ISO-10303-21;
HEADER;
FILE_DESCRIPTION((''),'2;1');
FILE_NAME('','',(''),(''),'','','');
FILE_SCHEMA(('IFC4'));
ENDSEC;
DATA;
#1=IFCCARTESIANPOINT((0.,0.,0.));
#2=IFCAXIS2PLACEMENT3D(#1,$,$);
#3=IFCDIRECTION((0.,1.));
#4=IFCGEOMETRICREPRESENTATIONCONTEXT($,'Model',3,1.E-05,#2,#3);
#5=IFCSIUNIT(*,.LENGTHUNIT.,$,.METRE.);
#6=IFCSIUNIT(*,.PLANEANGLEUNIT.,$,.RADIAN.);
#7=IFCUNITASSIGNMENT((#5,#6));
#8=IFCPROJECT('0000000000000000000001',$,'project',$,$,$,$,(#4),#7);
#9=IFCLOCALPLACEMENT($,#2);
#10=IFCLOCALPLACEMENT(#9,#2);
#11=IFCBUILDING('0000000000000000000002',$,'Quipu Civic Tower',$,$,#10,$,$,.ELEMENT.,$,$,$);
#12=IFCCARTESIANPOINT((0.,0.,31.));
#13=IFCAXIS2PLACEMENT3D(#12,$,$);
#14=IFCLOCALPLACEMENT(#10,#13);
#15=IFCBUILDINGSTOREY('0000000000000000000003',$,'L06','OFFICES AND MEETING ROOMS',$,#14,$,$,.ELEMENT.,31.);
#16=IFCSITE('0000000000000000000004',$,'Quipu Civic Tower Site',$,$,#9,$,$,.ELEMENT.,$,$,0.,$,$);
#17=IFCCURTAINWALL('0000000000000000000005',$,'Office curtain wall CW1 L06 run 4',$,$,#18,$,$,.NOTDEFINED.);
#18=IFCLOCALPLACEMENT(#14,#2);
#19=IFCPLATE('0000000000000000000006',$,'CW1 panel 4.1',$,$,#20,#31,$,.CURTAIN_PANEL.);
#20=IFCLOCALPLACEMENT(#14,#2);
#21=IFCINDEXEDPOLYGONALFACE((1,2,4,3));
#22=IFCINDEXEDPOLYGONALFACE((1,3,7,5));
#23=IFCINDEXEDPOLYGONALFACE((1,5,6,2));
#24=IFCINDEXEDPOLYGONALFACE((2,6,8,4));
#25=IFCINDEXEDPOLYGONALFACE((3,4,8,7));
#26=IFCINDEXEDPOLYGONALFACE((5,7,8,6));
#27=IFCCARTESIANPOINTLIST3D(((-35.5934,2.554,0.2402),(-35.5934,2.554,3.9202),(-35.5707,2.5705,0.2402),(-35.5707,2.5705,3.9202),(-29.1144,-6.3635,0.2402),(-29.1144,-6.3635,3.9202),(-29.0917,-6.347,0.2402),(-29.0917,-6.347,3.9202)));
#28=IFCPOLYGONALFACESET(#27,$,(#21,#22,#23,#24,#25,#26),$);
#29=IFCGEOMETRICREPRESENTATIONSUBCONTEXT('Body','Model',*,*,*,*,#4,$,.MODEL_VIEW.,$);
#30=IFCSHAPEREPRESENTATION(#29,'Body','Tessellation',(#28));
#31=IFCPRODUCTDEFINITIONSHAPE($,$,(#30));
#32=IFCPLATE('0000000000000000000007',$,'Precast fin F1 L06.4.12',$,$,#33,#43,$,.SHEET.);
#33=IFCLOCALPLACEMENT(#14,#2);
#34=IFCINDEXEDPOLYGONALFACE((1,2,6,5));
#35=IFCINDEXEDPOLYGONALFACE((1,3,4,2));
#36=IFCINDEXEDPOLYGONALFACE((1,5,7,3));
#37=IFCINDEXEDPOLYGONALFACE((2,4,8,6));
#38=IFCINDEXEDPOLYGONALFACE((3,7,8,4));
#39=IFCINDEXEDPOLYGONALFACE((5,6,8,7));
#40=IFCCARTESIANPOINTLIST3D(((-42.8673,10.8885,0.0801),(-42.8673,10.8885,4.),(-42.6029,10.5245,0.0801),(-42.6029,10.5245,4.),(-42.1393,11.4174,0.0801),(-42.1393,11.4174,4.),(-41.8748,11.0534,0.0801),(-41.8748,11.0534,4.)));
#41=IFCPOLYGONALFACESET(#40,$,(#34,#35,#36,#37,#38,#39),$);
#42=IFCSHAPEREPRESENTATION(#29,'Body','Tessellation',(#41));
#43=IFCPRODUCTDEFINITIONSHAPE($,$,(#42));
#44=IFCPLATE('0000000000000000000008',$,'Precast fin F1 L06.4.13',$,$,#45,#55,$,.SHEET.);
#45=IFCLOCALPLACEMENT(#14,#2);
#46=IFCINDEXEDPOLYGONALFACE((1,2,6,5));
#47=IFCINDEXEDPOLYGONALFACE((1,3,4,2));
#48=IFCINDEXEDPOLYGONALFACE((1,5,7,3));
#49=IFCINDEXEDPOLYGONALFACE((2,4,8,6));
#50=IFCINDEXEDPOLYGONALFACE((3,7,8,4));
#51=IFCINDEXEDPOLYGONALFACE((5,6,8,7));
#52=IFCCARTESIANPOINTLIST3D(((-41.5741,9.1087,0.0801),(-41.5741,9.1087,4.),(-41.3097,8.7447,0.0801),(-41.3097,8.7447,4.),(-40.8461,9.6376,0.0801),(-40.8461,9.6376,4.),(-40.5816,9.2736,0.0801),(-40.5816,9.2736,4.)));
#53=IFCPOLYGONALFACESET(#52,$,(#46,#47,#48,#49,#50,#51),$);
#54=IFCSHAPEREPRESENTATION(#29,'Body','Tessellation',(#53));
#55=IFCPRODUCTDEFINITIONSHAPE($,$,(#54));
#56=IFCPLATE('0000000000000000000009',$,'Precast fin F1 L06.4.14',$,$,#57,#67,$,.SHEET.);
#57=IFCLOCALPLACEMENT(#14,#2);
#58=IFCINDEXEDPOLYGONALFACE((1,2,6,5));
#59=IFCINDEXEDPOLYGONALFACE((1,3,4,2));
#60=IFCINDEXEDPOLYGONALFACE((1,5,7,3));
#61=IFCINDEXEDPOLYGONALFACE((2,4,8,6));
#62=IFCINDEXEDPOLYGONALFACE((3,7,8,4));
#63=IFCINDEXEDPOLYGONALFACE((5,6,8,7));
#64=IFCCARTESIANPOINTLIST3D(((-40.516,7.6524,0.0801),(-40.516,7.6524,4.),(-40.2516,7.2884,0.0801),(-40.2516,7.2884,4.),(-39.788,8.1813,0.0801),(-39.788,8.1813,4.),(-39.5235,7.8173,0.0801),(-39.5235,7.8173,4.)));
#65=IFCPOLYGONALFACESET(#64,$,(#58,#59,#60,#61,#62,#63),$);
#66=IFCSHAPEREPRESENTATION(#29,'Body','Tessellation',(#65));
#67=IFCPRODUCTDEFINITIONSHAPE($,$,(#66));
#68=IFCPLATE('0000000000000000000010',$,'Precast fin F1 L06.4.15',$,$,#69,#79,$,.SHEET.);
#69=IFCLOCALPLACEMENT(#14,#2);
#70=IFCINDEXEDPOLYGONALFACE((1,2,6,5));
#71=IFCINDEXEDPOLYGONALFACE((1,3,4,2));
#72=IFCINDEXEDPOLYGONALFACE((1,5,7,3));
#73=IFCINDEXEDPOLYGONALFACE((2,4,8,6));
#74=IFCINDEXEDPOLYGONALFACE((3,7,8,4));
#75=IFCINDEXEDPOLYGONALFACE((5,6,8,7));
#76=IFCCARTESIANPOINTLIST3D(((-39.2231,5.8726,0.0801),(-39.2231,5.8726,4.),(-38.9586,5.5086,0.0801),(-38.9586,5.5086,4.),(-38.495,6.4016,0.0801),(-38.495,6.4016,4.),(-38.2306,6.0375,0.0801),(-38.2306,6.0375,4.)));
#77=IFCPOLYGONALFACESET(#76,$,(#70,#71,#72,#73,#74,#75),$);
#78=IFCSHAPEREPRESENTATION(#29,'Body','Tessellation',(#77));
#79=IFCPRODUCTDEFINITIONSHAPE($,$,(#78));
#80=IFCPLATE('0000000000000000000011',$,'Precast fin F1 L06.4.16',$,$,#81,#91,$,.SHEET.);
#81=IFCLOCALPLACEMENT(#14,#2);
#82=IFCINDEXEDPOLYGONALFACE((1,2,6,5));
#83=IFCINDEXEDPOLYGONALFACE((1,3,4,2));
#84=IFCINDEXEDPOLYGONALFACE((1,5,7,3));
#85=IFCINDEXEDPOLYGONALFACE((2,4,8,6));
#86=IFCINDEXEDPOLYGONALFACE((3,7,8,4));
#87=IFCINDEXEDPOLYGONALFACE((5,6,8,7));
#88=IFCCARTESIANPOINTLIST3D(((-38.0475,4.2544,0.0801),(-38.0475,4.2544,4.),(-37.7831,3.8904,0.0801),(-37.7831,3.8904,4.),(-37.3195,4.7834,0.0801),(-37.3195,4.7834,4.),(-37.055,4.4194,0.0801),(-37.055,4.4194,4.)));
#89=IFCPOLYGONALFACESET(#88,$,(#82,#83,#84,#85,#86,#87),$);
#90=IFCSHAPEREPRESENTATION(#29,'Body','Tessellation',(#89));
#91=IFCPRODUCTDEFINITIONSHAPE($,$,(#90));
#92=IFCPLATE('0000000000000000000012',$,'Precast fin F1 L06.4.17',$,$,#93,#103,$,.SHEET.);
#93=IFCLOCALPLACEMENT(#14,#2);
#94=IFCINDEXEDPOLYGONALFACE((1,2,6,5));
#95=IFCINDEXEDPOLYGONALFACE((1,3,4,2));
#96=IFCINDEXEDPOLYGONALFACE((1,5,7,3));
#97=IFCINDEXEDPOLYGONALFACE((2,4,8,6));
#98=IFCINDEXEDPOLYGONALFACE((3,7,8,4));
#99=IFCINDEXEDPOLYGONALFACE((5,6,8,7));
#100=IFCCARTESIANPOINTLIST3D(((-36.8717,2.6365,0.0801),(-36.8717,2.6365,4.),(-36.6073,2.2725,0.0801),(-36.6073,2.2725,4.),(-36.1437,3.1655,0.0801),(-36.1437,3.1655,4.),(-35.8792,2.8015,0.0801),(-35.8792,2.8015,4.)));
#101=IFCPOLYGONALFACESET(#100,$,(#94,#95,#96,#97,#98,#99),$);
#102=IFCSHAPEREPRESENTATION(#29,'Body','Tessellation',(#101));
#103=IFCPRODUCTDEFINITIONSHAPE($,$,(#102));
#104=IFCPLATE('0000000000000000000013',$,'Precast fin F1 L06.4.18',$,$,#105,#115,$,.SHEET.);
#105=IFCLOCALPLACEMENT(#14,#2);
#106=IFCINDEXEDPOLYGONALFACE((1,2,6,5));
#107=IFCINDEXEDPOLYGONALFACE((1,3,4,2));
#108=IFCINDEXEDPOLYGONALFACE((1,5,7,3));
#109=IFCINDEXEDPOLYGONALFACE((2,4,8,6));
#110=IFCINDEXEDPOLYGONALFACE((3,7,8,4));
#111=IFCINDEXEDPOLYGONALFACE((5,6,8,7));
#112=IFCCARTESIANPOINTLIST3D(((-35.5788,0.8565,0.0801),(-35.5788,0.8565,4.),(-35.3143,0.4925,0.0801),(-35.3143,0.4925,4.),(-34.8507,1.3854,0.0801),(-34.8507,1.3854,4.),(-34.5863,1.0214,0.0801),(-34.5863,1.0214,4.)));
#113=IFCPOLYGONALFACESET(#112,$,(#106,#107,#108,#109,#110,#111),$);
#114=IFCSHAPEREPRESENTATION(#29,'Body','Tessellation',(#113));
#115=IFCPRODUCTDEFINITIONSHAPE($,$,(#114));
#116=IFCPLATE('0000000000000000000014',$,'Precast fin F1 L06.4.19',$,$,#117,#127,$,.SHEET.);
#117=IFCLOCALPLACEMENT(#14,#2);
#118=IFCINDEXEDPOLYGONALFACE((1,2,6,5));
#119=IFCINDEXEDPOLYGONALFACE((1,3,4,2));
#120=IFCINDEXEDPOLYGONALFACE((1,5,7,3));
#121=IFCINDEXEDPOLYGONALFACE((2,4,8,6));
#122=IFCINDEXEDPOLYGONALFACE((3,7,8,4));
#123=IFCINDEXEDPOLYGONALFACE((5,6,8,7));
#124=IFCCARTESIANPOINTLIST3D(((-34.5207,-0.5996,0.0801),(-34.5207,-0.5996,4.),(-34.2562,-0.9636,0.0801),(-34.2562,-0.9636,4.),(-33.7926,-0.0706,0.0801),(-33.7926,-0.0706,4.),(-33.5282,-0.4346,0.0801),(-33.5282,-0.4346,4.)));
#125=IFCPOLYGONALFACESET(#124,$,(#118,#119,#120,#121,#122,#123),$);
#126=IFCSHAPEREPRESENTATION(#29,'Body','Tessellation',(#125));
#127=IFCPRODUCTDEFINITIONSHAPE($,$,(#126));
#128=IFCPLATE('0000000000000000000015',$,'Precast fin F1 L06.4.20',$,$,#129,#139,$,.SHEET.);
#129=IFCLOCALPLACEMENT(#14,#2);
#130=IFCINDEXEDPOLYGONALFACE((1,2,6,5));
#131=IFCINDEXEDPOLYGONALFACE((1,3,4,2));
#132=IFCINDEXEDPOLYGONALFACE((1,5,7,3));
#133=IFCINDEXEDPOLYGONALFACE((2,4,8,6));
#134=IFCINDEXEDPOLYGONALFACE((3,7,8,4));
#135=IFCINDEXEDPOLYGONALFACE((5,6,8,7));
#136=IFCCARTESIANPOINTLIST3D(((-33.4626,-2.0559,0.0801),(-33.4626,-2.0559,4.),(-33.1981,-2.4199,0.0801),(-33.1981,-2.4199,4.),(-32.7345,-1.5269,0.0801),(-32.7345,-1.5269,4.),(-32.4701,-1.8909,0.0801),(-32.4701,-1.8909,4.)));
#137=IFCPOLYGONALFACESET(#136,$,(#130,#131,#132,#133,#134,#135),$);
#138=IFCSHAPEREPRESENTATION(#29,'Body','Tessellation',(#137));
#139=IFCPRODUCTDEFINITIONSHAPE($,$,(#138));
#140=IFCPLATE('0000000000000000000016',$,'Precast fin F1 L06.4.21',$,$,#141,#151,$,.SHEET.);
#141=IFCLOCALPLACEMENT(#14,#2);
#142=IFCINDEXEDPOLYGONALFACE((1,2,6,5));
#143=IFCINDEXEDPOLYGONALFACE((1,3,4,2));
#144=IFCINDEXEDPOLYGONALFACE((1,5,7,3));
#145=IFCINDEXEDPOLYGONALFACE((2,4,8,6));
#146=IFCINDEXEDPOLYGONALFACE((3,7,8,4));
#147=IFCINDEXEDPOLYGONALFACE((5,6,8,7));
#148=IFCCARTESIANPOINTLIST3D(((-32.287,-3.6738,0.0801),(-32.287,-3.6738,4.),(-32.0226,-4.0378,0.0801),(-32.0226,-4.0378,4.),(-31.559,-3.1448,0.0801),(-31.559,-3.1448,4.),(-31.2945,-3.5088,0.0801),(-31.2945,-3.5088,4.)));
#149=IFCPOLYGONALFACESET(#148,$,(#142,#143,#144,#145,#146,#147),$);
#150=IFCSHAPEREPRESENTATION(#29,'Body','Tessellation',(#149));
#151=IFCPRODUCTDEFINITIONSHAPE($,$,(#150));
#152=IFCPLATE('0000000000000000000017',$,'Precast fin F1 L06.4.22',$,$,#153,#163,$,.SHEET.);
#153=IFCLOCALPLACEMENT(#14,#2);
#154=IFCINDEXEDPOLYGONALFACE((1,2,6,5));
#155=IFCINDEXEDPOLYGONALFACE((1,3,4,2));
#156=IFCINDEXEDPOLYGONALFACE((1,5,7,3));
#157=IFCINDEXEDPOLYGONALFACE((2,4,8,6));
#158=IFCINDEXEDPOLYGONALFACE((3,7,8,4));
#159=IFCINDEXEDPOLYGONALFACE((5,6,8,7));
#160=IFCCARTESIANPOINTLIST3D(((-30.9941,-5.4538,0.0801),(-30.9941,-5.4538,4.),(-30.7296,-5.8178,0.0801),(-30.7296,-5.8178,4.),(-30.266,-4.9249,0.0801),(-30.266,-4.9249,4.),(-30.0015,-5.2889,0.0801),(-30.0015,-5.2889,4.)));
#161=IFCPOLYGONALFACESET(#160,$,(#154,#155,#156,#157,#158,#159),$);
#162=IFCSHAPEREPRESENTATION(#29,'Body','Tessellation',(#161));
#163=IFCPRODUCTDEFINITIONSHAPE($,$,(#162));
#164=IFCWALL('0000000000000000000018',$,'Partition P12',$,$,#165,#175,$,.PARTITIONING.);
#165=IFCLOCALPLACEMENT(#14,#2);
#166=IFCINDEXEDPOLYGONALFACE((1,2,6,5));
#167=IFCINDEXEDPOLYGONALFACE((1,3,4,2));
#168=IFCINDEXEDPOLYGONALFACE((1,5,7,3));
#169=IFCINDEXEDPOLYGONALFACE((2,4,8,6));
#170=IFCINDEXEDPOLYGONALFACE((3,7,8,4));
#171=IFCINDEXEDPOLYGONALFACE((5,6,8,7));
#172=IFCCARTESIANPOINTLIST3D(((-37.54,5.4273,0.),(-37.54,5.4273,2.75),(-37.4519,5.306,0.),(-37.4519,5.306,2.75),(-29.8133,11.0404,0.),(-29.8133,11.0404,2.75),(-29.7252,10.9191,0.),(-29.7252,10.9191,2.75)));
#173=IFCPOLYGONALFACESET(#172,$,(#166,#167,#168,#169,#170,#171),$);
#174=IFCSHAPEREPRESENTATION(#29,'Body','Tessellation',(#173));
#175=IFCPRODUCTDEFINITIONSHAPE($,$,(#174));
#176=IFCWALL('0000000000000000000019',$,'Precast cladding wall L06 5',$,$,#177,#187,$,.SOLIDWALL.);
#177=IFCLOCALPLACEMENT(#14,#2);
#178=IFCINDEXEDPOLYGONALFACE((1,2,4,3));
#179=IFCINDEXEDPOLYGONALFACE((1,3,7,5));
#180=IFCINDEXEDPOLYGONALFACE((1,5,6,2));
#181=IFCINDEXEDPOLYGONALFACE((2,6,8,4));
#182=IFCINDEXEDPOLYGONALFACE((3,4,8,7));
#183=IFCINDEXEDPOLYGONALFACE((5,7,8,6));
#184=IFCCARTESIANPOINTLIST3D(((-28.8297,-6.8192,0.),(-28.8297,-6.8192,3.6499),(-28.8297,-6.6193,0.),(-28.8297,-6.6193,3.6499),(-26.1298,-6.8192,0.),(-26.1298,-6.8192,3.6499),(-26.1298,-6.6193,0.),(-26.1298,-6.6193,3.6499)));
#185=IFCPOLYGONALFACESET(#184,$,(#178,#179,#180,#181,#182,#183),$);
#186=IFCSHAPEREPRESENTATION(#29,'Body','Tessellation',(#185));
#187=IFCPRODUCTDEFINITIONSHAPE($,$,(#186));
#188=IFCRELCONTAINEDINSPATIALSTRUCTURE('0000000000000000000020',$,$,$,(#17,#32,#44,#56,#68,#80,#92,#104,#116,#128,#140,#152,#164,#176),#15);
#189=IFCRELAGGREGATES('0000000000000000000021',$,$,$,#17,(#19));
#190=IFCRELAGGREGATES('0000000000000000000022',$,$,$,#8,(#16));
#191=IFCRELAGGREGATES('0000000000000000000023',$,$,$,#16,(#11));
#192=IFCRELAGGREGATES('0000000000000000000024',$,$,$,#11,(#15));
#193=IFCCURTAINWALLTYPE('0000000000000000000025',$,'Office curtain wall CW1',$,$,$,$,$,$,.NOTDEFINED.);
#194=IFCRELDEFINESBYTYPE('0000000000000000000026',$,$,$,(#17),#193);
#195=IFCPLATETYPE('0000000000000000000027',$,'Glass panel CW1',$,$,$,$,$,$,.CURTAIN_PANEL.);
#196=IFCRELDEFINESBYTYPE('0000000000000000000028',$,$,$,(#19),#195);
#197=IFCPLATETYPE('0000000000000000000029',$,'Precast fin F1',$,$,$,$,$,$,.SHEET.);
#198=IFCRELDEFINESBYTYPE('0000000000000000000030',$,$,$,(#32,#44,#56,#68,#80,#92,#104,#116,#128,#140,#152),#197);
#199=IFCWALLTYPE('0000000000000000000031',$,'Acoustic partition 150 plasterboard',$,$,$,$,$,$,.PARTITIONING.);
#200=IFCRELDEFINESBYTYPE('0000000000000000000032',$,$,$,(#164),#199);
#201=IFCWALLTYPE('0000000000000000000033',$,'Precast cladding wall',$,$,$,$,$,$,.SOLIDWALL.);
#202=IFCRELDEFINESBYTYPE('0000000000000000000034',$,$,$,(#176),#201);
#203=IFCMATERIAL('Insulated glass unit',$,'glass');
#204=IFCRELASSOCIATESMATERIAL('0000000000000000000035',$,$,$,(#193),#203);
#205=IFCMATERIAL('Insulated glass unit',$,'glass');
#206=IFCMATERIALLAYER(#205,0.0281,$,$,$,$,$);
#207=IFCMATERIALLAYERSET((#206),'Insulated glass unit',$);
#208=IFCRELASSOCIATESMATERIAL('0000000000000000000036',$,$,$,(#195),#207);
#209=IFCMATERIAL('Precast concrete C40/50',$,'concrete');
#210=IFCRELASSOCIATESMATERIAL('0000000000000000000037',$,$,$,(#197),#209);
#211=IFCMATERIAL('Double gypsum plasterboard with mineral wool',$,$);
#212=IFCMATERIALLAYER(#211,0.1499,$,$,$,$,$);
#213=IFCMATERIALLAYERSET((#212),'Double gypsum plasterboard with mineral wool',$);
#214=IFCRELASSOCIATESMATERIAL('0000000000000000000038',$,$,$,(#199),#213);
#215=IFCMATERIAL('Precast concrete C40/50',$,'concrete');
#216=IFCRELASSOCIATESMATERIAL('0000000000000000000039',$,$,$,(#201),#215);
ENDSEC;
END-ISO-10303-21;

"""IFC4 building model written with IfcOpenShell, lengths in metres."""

from ifc_helpers import new_model, si_unit, direction, frame, frame_2d, origin, origin_2d, place, context, subcontext, project, spatial, rectangle, extrude, material, layer, layer_set, type_object, element, aggregate, save


model = new_model("IFC4")

# Units and contexts
model_context = context("Model", 3, precision=1e-05, world=origin(), true_north=direction((0.0, 1.0)))
body_context = subcontext(model_context, "Body", "Model", "MODEL_VIEW")
ifc_project = project(units=[si_unit("LENGTHUNIT", "METRE"), si_unit("PLANEANGLEUNIT", "RADIAN")], contexts=[model_context])

# Site, building, storey
site_placement = place(None, origin())
site = spatial("IfcSite", under=ifc_project, at=site_placement, Name="Quipu Civic Tower Site", CompositionType="ELEMENT", RefElevation=0.0)
building_placement = place(site_placement, origin())
building = spatial("IfcBuilding", under=site, at=building_placement, Name="Quipu Civic Tower", CompositionType="ELEMENT")
storey_placement = place(building_placement, frame((0.0, 0.0, 31.0)))
storey = spatial("IfcBuildingStorey", under=building, at=storey_placement, Name="L06", Description="OFFICES AND MEETING ROOMS", CompositionType="ELEMENT", Elevation=31.0)

# Curtain wall
ifc_material_1 = material(Name="Insulated glass unit", Category="glass")
curtain_wall_type = type_object("IfcCurtainWallType", Name="Office curtain wall CW1", PredefinedType="NOTDEFINED", material=ifc_material_1)
curtain_wall_placement = place(storey_placement, origin())
curtain_wall = element("IfcCurtainWall", 1, at=curtain_wall_placement, inside=storey, type_object=curtain_wall_type, Name="Office curtain wall CW1 L06 run 4", PredefinedType="NOTDEFINED")

# Plate
ifc_material_2 = material(Name="Insulated glass unit", Category="glass")
ifc_layer_1 = layer(ifc_material_2, 0.0281)
ifc_layer_set_1 = layer_set([ifc_layer_1], Name="Insulated glass unit")
plate_type_1 = type_object("IfcPlateType", Name="Glass panel CW1", PredefinedType="CURTAIN_PANEL", material=ifc_layer_set_1)
plate_1_placement = place(storey_placement, frame((-32.3425, -1.8965, 0.2402), z_axis=(0.0, 0.0, 1.0), x_axis=(0.587786, -0.809017, 0.0)))
plate_1 = element("IfcPlate", 2, at=plate_1_placement, type_object=plate_type_1, Name="CW1 panel 4.1", PredefinedType="CURTAIN_PANEL", context=body_context, shape_type="SweptSolid", body=[
    extrude(rectangle(XDim=11.0227, YDim=0.0281, at=origin_2d()), origin(), (0.0, 0.0, 1.0), 3.6799),
])
aggregate(curtain_wall, [plate_1])

# Plates
ifc_material_3 = material(Name="Precast concrete C40/50", Category="concrete")
plate_type_2 = type_object("IfcPlateType", Name="Precast fin F1", PredefinedType="SHEET", material=ifc_material_3)
for number, where, z_axis, x_axis, name in (
    (3, (-42.3711, 10.9709, 0.0801), (0.0, 0.0, 1.0), (0.587786, -0.809017, 0.0), "Precast fin F1 L06.4.12"),
    (4, (-41.0779, 9.1912, 0.0801), (0.0, 0.0, 1.0), (0.587786, -0.809017, 0.0), "Precast fin F1 L06.4.13"),
    (5, (-40.0198, 7.7349, 0.0801), (0.0, 0.0, 1.0), (0.587786, -0.809017, 0.0), "Precast fin F1 L06.4.14"),
    (6, (-38.7268, 5.9551, 0.0801), (0.0, 0.0, 1.0), (0.587786, -0.809017, 0.0), "Precast fin F1 L06.4.15"),
    (7, (-37.5513, 4.3369, 0.0801), (0.0, 0.0, 1.0), (0.587786, -0.809017, 0.0), "Precast fin F1 L06.4.16"),
    (8, (-36.3755, 2.719, 0.0801), (0.0, 0.0, 1.0), (0.587786, -0.809017, 0.0), "Precast fin F1 L06.4.17"),
    (9, (-35.0825, 0.939, 0.0801), (0.0, 0.0, 1.0), (0.587786, -0.809017, 0.0), "Precast fin F1 L06.4.18"),
    (10, (-34.0244, -0.5171, 0.0801), (0.0, 0.0, 1.0), (0.587786, -0.809017, 0.0), "Precast fin F1 L06.4.19"),
    (11, (-32.9663, -1.9734, 0.0801), (0.0, 0.0, 1.0), (0.587786, -0.809017, 0.0), "Precast fin F1 L06.4.20"),
    (12, (-31.7908, -3.5913, 0.0801), (0.0, 0.0, 1.0), (0.587786, -0.809017, 0.0), "Precast fin F1 L06.4.21"),
    (13, (-30.4978, -5.3713, 0.0801), (0.0, 0.0, 1.0), (0.587786, -0.809017, 0.0), "Precast fin F1 L06.4.22"),
):
    element("IfcPlate", number, at=place(storey_placement, frame(where, z_axis=z_axis, x_axis=x_axis)), inside=storey, type_object=plate_type_2, Name=name, PredefinedType="SHEET", context=body_context, shape_type="SweptSolid", body=[
        extrude(rectangle(XDim=0.45, YDim=0.8999, at=origin_2d()), origin(), (0.0, 0.0, 1.0), 3.9199),
    ])

# Walls
ifc_material_4 = material(Name="Double gypsum plasterboard with mineral wool")
ifc_layer_2 = layer(ifc_material_4, 0.1499)
ifc_layer_set_2 = layer_set([ifc_layer_2], Name="Double gypsum plasterboard with mineral wool")
wall_type_1 = type_object("IfcWallType", Name="Acoustic partition 150 plasterboard", PredefinedType="PARTITIONING", material=ifc_layer_set_2)
wall_1_placement = place(storey_placement, frame((-29.7693, 10.9797, 0.0), z_axis=(0.0, 0.0, 1.0), x_axis=(-0.809049, -0.587741, 0.0)))
element("IfcWall", 14, at=wall_1_placement, inside=storey, type_object=wall_type_1, Name="Partition P12", PredefinedType="PARTITIONING", context=body_context, shape_type="SweptSolid", body=[
    extrude(rectangle(XDim=9.5503, YDim=0.1499, at=frame_2d((4.7751, 0.0))), origin(), (0.0, 0.0, 1.0), 2.75),
])
ifc_material_5 = material(Name="Precast concrete C40/50", Category="concrete")
wall_type_2 = type_object("IfcWallType", Name="Precast cladding wall", PredefinedType="SOLIDWALL", material=ifc_material_5)
wall_2_placement = place(storey_placement, frame((-28.8298, -6.7192, 0.0), z_axis=(0.0, 0.0, 1.0), x_axis=(1.0, 0.0, 0.0)))
element("IfcWall", 15, at=wall_2_placement, inside=storey, type_object=wall_type_2, Name="Precast cladding wall L06 5", PredefinedType="SOLIDWALL", context=body_context, shape_type="SweptSolid", body=[
    extrude(rectangle(XDim=2.7, YDim=0.2, at=frame_2d((1.3501, 0.0))), origin(), (0.0, 0.0, 1.0), 3.6499),
])

save(model, "model.ifc")
